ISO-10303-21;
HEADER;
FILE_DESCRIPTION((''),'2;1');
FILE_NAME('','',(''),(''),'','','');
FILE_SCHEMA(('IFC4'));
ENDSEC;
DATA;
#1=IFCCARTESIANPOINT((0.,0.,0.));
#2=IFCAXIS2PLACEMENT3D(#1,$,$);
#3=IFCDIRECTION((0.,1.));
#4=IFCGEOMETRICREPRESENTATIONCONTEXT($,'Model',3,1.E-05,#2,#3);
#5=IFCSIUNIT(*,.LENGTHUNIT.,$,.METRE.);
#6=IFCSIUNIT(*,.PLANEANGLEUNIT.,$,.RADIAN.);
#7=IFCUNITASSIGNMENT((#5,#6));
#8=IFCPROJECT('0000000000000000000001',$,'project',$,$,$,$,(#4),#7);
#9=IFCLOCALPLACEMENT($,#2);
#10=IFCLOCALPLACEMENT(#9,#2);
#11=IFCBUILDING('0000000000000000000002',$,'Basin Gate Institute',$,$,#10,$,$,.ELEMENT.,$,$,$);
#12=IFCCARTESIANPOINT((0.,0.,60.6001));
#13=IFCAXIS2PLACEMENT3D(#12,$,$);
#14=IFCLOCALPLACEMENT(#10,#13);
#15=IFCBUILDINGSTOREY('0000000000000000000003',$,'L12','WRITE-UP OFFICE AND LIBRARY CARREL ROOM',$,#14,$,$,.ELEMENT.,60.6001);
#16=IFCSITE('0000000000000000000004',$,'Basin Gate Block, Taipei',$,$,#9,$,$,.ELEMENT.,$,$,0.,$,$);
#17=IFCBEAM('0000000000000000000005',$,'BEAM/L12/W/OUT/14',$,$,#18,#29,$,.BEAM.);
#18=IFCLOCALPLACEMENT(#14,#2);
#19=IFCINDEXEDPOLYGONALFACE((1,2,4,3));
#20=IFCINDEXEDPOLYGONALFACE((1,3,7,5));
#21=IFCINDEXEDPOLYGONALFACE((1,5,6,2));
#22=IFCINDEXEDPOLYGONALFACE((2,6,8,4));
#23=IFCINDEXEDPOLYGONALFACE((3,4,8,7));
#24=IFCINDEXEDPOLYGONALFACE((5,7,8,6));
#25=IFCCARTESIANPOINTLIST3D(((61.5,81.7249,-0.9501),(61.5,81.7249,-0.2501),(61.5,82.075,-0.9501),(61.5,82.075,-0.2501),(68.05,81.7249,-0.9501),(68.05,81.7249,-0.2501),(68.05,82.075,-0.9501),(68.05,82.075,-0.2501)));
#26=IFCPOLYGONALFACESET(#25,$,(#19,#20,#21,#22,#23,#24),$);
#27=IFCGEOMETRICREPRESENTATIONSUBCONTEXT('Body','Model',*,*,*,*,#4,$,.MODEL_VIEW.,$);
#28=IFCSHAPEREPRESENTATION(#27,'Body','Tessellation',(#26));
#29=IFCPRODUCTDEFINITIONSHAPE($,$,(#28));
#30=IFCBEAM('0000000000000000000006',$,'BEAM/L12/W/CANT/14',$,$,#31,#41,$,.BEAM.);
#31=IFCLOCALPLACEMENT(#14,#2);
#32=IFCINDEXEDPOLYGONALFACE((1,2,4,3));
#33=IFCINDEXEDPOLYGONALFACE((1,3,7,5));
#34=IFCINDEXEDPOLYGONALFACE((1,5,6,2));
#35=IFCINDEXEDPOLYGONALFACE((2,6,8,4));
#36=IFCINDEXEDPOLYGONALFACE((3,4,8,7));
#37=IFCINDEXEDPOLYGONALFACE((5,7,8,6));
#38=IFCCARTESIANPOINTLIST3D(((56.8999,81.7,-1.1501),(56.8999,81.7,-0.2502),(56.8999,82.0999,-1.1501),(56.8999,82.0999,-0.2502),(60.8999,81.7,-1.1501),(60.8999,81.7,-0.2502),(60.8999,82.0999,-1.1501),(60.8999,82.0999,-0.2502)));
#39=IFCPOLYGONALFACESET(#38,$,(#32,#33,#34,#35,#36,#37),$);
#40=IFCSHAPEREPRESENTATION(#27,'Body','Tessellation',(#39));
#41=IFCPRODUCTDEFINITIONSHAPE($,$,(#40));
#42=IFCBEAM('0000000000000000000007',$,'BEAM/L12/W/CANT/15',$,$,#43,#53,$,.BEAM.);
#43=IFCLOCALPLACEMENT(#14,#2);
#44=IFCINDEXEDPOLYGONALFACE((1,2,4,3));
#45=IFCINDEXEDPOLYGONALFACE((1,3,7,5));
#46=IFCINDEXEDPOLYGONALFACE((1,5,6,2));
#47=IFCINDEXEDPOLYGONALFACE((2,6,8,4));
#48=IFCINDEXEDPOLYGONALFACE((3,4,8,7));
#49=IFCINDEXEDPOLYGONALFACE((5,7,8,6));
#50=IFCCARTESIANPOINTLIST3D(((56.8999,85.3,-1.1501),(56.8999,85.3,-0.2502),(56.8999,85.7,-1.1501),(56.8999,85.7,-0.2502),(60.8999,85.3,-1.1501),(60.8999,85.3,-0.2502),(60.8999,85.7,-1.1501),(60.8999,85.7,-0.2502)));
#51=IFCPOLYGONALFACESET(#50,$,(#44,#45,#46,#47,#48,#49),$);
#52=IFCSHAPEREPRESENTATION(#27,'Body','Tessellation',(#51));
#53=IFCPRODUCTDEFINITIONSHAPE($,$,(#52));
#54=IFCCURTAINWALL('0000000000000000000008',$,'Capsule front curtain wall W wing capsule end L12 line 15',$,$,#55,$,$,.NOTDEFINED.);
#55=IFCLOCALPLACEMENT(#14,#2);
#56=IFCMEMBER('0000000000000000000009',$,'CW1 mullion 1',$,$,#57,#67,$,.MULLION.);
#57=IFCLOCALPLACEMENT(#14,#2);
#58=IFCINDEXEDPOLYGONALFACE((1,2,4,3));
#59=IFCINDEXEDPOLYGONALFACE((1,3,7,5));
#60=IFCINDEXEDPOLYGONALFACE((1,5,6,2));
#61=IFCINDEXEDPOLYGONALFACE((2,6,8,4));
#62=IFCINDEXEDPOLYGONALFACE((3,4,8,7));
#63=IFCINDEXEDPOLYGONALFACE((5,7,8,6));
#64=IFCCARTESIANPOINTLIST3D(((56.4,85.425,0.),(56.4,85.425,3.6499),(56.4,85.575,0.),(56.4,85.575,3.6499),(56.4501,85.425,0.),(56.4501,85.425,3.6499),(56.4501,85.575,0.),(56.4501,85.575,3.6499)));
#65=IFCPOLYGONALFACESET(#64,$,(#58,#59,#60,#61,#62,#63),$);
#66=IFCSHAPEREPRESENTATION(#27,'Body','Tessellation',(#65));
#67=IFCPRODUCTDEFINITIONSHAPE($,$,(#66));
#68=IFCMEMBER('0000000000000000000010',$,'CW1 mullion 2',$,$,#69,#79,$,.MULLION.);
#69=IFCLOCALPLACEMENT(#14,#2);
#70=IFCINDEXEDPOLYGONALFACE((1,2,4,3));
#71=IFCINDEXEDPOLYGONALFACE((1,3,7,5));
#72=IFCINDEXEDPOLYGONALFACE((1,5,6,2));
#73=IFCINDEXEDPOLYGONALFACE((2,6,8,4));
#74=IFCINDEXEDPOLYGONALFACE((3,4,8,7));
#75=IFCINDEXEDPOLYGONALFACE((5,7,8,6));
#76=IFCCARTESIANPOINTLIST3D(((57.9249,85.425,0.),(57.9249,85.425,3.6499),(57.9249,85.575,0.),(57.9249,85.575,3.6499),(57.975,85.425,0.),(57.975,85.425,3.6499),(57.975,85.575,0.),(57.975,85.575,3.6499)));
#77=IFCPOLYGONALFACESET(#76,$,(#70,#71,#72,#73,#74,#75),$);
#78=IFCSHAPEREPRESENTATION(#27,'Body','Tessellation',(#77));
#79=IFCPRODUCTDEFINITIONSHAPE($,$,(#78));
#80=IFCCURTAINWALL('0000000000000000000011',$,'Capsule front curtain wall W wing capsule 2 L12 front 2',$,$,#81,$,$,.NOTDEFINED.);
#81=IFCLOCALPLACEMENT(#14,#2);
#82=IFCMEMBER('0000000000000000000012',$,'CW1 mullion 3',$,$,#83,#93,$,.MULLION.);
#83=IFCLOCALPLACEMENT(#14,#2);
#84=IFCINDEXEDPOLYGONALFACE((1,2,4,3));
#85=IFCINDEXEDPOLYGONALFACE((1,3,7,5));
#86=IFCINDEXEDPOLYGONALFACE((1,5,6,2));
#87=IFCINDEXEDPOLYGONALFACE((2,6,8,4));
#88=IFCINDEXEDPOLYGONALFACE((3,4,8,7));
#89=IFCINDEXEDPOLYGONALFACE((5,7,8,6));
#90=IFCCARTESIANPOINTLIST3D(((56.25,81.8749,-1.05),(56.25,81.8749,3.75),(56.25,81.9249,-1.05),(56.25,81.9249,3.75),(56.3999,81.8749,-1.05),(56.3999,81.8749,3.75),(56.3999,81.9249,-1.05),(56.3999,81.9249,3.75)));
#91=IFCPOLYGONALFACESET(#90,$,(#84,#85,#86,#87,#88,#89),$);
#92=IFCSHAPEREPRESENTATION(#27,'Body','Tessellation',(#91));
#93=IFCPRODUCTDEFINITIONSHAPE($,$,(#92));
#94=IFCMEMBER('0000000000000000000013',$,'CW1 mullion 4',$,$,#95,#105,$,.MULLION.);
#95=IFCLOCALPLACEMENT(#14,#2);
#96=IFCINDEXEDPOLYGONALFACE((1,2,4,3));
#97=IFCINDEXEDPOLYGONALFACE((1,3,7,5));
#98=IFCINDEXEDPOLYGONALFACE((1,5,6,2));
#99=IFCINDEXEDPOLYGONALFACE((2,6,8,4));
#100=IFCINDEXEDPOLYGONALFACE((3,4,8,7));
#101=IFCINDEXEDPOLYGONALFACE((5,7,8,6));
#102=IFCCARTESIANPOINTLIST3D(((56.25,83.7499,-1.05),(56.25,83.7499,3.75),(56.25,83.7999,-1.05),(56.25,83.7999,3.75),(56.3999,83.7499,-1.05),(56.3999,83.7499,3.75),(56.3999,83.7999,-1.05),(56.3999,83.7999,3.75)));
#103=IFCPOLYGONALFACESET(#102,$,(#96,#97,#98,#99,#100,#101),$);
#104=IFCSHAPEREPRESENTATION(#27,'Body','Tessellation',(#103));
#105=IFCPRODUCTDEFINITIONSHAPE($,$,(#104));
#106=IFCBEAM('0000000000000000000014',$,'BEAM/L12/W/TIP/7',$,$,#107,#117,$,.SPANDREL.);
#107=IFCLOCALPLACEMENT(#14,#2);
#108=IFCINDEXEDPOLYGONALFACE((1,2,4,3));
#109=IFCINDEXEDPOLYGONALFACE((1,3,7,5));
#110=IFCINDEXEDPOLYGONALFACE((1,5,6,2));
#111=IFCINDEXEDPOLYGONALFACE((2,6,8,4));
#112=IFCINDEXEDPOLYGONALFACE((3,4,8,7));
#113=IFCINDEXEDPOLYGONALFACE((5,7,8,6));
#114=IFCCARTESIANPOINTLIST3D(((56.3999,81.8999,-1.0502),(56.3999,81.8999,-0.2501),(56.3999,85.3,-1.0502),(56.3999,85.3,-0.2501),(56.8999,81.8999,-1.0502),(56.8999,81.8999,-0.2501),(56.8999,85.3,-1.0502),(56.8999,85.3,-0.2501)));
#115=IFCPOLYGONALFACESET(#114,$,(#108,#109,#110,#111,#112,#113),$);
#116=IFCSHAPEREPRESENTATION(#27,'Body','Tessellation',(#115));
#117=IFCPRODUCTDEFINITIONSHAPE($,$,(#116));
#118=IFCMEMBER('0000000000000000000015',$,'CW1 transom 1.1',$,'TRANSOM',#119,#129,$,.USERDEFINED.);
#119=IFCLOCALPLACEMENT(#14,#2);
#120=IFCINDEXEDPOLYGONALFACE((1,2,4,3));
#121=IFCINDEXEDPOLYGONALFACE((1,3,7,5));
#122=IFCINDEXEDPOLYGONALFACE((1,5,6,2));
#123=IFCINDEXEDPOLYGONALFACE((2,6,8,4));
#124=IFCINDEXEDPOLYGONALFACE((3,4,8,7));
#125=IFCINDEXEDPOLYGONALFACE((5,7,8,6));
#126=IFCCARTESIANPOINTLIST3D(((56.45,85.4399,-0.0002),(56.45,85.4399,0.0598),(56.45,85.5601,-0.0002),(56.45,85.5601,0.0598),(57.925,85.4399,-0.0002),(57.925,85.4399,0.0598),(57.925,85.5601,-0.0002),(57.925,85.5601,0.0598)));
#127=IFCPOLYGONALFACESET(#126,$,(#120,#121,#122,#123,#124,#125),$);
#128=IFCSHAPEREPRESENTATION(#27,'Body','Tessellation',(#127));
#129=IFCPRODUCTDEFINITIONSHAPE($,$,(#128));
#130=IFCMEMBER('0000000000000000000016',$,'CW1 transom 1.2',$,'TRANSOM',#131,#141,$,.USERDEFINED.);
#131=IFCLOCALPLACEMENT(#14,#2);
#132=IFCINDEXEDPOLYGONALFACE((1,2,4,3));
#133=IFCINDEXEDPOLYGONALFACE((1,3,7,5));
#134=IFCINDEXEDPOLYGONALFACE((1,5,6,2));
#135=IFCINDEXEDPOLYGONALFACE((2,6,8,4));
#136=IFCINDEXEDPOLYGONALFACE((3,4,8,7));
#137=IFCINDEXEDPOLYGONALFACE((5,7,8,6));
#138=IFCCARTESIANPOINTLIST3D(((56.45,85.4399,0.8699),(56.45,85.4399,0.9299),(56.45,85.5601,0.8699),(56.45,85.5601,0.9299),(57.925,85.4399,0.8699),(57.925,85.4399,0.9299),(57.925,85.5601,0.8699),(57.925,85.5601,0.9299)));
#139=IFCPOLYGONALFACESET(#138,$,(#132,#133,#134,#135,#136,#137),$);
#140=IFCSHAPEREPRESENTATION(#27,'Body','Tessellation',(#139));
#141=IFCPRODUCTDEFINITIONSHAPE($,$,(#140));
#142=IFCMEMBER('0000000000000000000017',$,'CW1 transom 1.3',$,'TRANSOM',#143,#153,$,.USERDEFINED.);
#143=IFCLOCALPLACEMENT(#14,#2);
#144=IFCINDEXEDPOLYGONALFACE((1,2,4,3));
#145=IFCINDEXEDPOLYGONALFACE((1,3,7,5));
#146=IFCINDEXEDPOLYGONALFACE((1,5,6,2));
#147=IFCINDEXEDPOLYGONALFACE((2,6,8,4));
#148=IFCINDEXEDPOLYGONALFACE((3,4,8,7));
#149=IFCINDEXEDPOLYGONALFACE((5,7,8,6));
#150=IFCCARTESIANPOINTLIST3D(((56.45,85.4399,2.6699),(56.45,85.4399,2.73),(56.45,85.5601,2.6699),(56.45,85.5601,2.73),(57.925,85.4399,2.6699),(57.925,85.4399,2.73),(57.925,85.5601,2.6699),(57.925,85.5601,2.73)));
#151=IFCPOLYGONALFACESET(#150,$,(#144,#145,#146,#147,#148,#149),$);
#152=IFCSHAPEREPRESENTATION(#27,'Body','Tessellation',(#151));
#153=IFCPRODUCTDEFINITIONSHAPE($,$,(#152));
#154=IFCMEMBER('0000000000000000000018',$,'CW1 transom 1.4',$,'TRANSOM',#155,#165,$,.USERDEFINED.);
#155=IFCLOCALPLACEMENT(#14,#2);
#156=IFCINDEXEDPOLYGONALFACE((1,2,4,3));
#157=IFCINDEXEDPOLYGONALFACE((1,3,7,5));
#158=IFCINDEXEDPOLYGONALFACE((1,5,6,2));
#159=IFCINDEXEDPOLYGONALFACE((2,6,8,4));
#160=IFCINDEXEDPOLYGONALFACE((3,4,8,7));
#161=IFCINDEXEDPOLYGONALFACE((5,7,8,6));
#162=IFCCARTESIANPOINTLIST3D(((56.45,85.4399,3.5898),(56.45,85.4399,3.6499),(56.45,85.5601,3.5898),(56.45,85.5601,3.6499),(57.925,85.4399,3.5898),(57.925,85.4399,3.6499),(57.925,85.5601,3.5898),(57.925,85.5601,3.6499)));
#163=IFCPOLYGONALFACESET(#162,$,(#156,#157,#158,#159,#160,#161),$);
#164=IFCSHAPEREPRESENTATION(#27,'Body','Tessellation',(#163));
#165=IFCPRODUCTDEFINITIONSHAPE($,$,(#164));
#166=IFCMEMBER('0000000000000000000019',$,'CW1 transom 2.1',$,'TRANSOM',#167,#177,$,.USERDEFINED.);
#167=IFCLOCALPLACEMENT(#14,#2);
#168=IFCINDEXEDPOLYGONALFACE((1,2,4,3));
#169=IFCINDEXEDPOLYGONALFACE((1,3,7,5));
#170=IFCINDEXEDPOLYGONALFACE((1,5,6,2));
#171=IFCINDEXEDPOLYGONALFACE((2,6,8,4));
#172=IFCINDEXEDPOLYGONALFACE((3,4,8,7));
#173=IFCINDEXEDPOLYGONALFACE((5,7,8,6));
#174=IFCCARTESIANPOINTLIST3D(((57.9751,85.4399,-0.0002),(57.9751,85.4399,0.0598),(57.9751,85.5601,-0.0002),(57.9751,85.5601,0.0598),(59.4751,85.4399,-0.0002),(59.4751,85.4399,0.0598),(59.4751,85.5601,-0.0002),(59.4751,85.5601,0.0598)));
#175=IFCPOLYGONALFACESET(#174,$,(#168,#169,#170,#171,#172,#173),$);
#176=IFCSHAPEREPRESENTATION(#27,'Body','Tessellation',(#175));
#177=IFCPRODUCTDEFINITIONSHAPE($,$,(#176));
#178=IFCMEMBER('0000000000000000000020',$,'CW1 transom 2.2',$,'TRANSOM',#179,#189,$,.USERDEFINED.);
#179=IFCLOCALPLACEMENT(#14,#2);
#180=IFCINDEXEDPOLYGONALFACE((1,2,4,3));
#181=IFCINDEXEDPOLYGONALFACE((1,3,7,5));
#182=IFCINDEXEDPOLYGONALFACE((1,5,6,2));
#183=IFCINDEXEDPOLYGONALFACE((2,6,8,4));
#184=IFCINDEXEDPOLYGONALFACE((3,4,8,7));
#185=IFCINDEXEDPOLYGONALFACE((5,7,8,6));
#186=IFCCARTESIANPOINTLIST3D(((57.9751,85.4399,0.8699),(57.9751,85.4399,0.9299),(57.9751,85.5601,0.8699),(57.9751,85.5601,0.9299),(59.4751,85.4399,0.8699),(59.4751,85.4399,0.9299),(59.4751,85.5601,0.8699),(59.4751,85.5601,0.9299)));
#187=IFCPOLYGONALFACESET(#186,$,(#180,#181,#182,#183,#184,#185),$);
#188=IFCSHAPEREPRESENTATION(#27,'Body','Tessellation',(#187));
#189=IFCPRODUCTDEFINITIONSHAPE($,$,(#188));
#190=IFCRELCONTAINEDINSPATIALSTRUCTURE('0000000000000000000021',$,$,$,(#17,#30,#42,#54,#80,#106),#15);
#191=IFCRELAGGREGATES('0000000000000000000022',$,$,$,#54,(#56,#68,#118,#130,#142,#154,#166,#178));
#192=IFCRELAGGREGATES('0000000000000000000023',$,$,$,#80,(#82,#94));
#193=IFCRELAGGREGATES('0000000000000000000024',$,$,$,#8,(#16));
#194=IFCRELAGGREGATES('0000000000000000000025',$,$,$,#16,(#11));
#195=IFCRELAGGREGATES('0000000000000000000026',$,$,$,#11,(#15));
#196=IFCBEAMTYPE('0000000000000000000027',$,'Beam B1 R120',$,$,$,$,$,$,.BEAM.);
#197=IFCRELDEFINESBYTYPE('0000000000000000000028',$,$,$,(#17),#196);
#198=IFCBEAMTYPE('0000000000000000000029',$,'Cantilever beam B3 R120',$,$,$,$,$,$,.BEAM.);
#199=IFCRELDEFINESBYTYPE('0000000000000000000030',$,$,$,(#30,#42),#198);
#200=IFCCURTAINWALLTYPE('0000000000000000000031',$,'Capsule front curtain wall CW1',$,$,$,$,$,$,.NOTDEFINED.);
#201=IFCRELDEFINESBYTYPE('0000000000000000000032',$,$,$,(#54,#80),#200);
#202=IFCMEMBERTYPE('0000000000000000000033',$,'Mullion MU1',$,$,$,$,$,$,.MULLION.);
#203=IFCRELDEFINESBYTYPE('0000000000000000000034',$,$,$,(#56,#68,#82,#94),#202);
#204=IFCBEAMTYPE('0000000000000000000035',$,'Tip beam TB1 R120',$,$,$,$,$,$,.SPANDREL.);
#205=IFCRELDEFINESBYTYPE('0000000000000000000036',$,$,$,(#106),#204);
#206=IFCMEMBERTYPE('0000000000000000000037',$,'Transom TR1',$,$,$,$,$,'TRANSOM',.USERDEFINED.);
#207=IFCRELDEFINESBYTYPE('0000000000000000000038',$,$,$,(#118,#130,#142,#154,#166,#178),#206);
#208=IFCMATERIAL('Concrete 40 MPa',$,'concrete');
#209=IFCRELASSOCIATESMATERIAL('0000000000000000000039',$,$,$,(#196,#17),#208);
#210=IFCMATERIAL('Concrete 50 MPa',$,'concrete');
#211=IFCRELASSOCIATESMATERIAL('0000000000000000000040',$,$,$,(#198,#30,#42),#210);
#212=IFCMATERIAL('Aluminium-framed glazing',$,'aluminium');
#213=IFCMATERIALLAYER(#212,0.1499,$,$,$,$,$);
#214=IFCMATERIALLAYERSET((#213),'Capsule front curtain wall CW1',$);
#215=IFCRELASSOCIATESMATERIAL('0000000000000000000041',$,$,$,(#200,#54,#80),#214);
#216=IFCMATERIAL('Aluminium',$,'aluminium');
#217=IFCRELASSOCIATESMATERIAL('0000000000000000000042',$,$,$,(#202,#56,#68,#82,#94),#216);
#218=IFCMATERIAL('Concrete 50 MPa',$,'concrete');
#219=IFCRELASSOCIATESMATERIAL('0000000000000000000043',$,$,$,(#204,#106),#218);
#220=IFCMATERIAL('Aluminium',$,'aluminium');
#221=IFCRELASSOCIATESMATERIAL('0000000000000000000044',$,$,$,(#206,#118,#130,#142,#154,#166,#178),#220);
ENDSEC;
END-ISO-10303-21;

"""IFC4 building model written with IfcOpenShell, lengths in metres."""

from ifc_helpers import new_model, si_unit, direction, frame, origin, origin_2d, place, context, subcontext, project, spatial, rectangle, extrude, material, layer, layer_set, material_profile, profile_set, type_object, element, aggregate, save


model = new_model("IFC4")

# Units and contexts
model_context = context("Model", 3, precision=1e-05, world=origin(), true_north=direction((0.0, 1.0)))
body_context = subcontext(model_context, "Body", "Model", "MODEL_VIEW")
ifc_project = project(units=[si_unit("LENGTHUNIT", "METRE"), si_unit("PLANEANGLEUNIT", "RADIAN")], contexts=[model_context])

# Site, building, storey
site_placement = place(None, origin())
site = spatial("IfcSite", under=ifc_project, at=site_placement, Name="Basin Gate Block, Taipei", CompositionType="ELEMENT", RefElevation=0.0)
building_placement = place(site_placement, origin())
building = spatial("IfcBuilding", under=site, at=building_placement, Name="Basin Gate Institute", CompositionType="ELEMENT")
storey_placement = place(building_placement, frame((0.0, 0.0, 60.6001)))
storey = spatial("IfcBuildingStorey", under=building, at=storey_placement, Name="L12", Description="WRITE-UP OFFICE AND LIBRARY CARREL ROOM", CompositionType="ELEMENT", Elevation=60.6001)

# Beams
ifc_material_1 = material(Name="Concrete 40 MPa", Category="concrete")
ifc_material_profile_1 = material_profile(ifc_material_1, rectangle(XDim=0.3501, YDim=0.7, at=origin_2d()), Name="Beam B1 350 x 700")
ifc_profile_set_1 = profile_set([ifc_material_profile_1], Name="Concrete 40 MPa")
beam_type_1 = type_object("IfcBeamType", Name="Beam B1 R120", PredefinedType="BEAM", material=ifc_profile_set_1)
beam_1_placement = place(storey_placement, frame((61.5, 81.8999, -0.6001), z_axis=(1.0, 0.0, 0.0), x_axis=(0.0, 1.0, 0.0)))
element("IfcBeam", 1, at=beam_1_placement, inside=storey, type_object=beam_type_1, material=ifc_profile_set_1, Name="BEAM/L12/W/OUT/14", PredefinedType="BEAM", context=body_context, shape_type="SweptSolid", body=[
    extrude(rectangle(XDim=0.3501, YDim=0.7, at=origin_2d()), origin(), (0.0, 0.0, 1.0), 6.55),
])
ifc_material_2 = material(Name="Concrete 50 MPa", Category="concrete")
ifc_material_profile_2 = material_profile(ifc_material_2, rectangle(XDim=0.3999, YDim=0.8999, at=origin_2d()), Name="Cantilever beam B3 400 x 900")
ifc_profile_set_2 = profile_set([ifc_material_profile_2], Name="Concrete 50 MPa")
beam_type_2 = type_object("IfcBeamType", Name="Cantilever beam B3 R120", PredefinedType="BEAM", material=ifc_profile_set_2)
for number, where, z_axis, x_axis, name in (
    (2, (56.8999, 81.8999, -0.7002), (1.0, 0.0, 0.0), (0.0, 1.0, 0.0), "BEAM/L12/W/CANT/14"),
    (3, (56.8999, 85.5, -0.7002), (1.0, 0.0, 0.0), (0.0, 1.0, 0.0), "BEAM/L12/W/CANT/15"),
):
    element("IfcBeam", number, at=place(storey_placement, frame(where, z_axis=z_axis, x_axis=x_axis)), inside=storey, type_object=beam_type_2, material=ifc_profile_set_2, Name=name, PredefinedType="BEAM", context=body_context, shape_type="SweptSolid", body=[
        extrude(rectangle(XDim=0.3999, YDim=0.8999, at=origin_2d()), origin(), (0.0, 0.0, 1.0), 4.0),
    ])

# Curtain walls, members
ifc_material_3 = material(Name="Aluminium-framed glazing", Category="aluminium")
ifc_layer_1 = layer(ifc_material_3, 0.1499)
ifc_layer_set_1 = layer_set([ifc_layer_1], Name="Capsule front curtain wall CW1")
curtain_wall_type = type_object("IfcCurtainWallType", Name="Capsule front curtain wall CW1", PredefinedType="NOTDEFINED", material=ifc_layer_set_1)
curtain_wall_1_placement = place(storey_placement, origin())
curtain_wall_1 = element("IfcCurtainWall", 4, at=curtain_wall_1_placement, inside=storey, type_object=curtain_wall_type, material=ifc_layer_set_1, Name="Capsule front curtain wall W wing capsule end L12 line 15", PredefinedType="NOTDEFINED")
ifc_material_4 = material(Name="Aluminium", Category="aluminium")
ifc_material_profile_3 = material_profile(ifc_material_4, rectangle(XDim=0.1499, YDim=0.05, at=origin_2d()), Name="Mullion MU1 150 x 50")
ifc_profile_set_3 = profile_set([ifc_material_profile_3], Name="Aluminium")
member_type_1 = type_object("IfcMemberType", Name="Mullion MU1", PredefinedType="MULLION", material=ifc_profile_set_3)
member_1_placement = place(storey_placement, frame((56.425, 85.5, 0.0), z_axis=(0.0, 0.0, 1.0), x_axis=(0.0, 1.0, 0.0)))
member_1 = element("IfcMember", 5, at=member_1_placement, type_object=member_type_1, material=ifc_profile_set_3, Name="CW1 mullion 1", PredefinedType="MULLION", context=body_context, shape_type="SweptSolid", body=[
    extrude(rectangle(XDim=0.1499, YDim=0.05, at=origin_2d()), origin(), (0.0, 0.0, 1.0), 3.6499),
])
member_2_placement = place(storey_placement, frame((57.95, 85.5, 0.0), z_axis=(0.0, 0.0, 1.0), x_axis=(0.0, 1.0, 0.0)))
member_2 = element("IfcMember", 6, at=member_2_placement, type_object=member_type_1, material=ifc_profile_set_3, Name="CW1 mullion 2", PredefinedType="MULLION", context=body_context, shape_type="SweptSolid", body=[
    extrude(rectangle(XDim=0.1499, YDim=0.05, at=origin_2d()), origin(), (0.0, 0.0, 1.0), 3.6499),
])
curtain_wall_2_placement = place(storey_placement, origin())
curtain_wall_2 = element("IfcCurtainWall", 7, at=curtain_wall_2_placement, inside=storey, type_object=curtain_wall_type, material=ifc_layer_set_1, Name="Capsule front curtain wall W wing capsule 2 L12 front 2", PredefinedType="NOTDEFINED")
member_3_placement = place(storey_placement, frame((56.325, 81.8999, -1.05), z_axis=(0.0, 0.0, 1.0), x_axis=(-1.0, 0.0, 0.0)))
member_3 = element("IfcMember", 8, at=member_3_placement, type_object=member_type_1, material=ifc_profile_set_3, Name="CW1 mullion 3", PredefinedType="MULLION", context=body_context, shape_type="SweptSolid", body=[
    extrude(rectangle(XDim=0.1499, YDim=0.05, at=origin_2d()), origin(), (0.0, 0.0, 1.0), 4.8),
])
member_4_placement = place(storey_placement, frame((56.325, 83.7749, -1.05), z_axis=(0.0, 0.0, 1.0), x_axis=(-1.0, 0.0, 0.0)))
member_4 = element("IfcMember", 9, at=member_4_placement, type_object=member_type_1, material=ifc_profile_set_3, Name="CW1 mullion 4", PredefinedType="MULLION", context=body_context, shape_type="SweptSolid", body=[
    extrude(rectangle(XDim=0.1499, YDim=0.05, at=origin_2d()), origin(), (0.0, 0.0, 1.0), 4.8),
])

# Beam
ifc_material_5 = material(Name="Concrete 50 MPa", Category="concrete")
ifc_material_profile_4 = material_profile(ifc_material_5, rectangle(XDim=0.5, YDim=0.8, at=origin_2d()), Name="Tip beam TB1 500 x 800")
ifc_profile_set_4 = profile_set([ifc_material_profile_4], Name="Concrete 50 MPa")
beam_type_3 = type_object("IfcBeamType", Name="Tip beam TB1 R120", PredefinedType="SPANDREL", material=ifc_profile_set_4)
beam_2_placement = place(storey_placement, frame((56.6499, 81.8999, -0.6501), z_axis=(0.0, 1.0, 0.0), x_axis=(-1.0, 0.0, 0.0)))
element("IfcBeam", 10, at=beam_2_placement, inside=storey, type_object=beam_type_3, material=ifc_profile_set_4, Name="BEAM/L12/W/TIP/7", PredefinedType="SPANDREL", context=body_context, shape_type="SweptSolid", body=[
    extrude(rectangle(XDim=0.5, YDim=0.8, at=origin_2d()), origin(), (0.0, 0.0, 1.0), 3.4001),
])

# Members
ifc_material_6 = material(Name="Aluminium", Category="aluminium")
ifc_material_profile_5 = material_profile(ifc_material_6, rectangle(XDim=0.1201, YDim=0.0601, at=origin_2d()), Name="Transom TR1 120 x 60")
ifc_profile_set_5 = profile_set([ifc_material_profile_5], Name="Aluminium")
member_type_2 = type_object("IfcMemberType", Name="Transom TR1", ElementType="TRANSOM", PredefinedType="USERDEFINED", material=ifc_profile_set_5)
member_5_placement = place(storey_placement, frame((56.45, 85.5, 0.0298), z_axis=(1.0, 0.0, 0.0), x_axis=(0.0, 1.0, 0.0)))
member_5 = element("IfcMember", 11, at=member_5_placement, type_object=member_type_2, material=ifc_profile_set_5, Name="CW1 transom 1.1", ObjectType="TRANSOM", PredefinedType="USERDEFINED", context=body_context, shape_type="SweptSolid", body=[
    extrude(rectangle(XDim=0.1201, YDim=0.0601, at=origin_2d()), origin(), (0.0, 0.0, 1.0), 1.4751),
])
member_6_placement = place(storey_placement, frame((56.45, 85.5, 0.8999), z_axis=(1.0, 0.0, 0.0), x_axis=(0.0, 1.0, 0.0)))
member_6 = element("IfcMember", 12, at=member_6_placement, type_object=member_type_2, material=ifc_profile_set_5, Name="CW1 transom 1.2", ObjectType="TRANSOM", PredefinedType="USERDEFINED", context=body_context, shape_type="SweptSolid", body=[
    extrude(rectangle(XDim=0.1201, YDim=0.0601, at=origin_2d()), origin(), (0.0, 0.0, 1.0), 1.4751),
])
member_7_placement = place(storey_placement, frame((56.45, 85.5, 2.7), z_axis=(1.0, 0.0, 0.0), x_axis=(0.0, 1.0, 0.0)))
member_7 = element("IfcMember", 13, at=member_7_placement, type_object=member_type_2, material=ifc_profile_set_5, Name="CW1 transom 1.3", ObjectType="TRANSOM", PredefinedType="USERDEFINED", context=body_context, shape_type="SweptSolid", body=[
    extrude(rectangle(XDim=0.1201, YDim=0.0601, at=origin_2d()), origin(), (0.0, 0.0, 1.0), 1.4751),
])
member_8_placement = place(storey_placement, frame((56.45, 85.5, 3.6199), z_axis=(1.0, 0.0, 0.0), x_axis=(0.0, 1.0, 0.0)))
member_8 = element("IfcMember", 14, at=member_8_placement, type_object=member_type_2, material=ifc_profile_set_5, Name="CW1 transom 1.4", ObjectType="TRANSOM", PredefinedType="USERDEFINED", context=body_context, shape_type="SweptSolid", body=[
    extrude(rectangle(XDim=0.1201, YDim=0.0601, at=origin_2d()), origin(), (0.0, 0.0, 1.0), 1.4751),
])
member_9_placement = place(storey_placement, frame((57.9751, 85.5, 0.0298), z_axis=(1.0, 0.0, 0.0), x_axis=(0.0, 1.0, 0.0)))
member_9 = element("IfcMember", 15, at=member_9_placement, type_object=member_type_2, material=ifc_profile_set_5, Name="CW1 transom 2.1", ObjectType="TRANSOM", PredefinedType="USERDEFINED", context=body_context, shape_type="SweptSolid", body=[
    extrude(rectangle(XDim=0.1201, YDim=0.0601, at=origin_2d()), origin(), (0.0, 0.0, 1.0), 1.5),
])
member_10_placement = place(storey_placement, frame((57.9751, 85.5, 0.8999), z_axis=(1.0, 0.0, 0.0), x_axis=(0.0, 1.0, 0.0)))
member_10 = element("IfcMember", 16, at=member_10_placement, type_object=member_type_2, material=ifc_profile_set_5, Name="CW1 transom 2.2", ObjectType="TRANSOM", PredefinedType="USERDEFINED", context=body_context, shape_type="SweptSolid", body=[
    extrude(rectangle(XDim=0.1201, YDim=0.0601, at=origin_2d()), origin(), (0.0, 0.0, 1.0), 1.5),
])

aggregate(curtain_wall_1, [member_1, member_2, member_5, member_6, member_7, member_8, member_9, member_10])
aggregate(curtain_wall_2, [member_3, member_4])

save(model, "model.ifc")
